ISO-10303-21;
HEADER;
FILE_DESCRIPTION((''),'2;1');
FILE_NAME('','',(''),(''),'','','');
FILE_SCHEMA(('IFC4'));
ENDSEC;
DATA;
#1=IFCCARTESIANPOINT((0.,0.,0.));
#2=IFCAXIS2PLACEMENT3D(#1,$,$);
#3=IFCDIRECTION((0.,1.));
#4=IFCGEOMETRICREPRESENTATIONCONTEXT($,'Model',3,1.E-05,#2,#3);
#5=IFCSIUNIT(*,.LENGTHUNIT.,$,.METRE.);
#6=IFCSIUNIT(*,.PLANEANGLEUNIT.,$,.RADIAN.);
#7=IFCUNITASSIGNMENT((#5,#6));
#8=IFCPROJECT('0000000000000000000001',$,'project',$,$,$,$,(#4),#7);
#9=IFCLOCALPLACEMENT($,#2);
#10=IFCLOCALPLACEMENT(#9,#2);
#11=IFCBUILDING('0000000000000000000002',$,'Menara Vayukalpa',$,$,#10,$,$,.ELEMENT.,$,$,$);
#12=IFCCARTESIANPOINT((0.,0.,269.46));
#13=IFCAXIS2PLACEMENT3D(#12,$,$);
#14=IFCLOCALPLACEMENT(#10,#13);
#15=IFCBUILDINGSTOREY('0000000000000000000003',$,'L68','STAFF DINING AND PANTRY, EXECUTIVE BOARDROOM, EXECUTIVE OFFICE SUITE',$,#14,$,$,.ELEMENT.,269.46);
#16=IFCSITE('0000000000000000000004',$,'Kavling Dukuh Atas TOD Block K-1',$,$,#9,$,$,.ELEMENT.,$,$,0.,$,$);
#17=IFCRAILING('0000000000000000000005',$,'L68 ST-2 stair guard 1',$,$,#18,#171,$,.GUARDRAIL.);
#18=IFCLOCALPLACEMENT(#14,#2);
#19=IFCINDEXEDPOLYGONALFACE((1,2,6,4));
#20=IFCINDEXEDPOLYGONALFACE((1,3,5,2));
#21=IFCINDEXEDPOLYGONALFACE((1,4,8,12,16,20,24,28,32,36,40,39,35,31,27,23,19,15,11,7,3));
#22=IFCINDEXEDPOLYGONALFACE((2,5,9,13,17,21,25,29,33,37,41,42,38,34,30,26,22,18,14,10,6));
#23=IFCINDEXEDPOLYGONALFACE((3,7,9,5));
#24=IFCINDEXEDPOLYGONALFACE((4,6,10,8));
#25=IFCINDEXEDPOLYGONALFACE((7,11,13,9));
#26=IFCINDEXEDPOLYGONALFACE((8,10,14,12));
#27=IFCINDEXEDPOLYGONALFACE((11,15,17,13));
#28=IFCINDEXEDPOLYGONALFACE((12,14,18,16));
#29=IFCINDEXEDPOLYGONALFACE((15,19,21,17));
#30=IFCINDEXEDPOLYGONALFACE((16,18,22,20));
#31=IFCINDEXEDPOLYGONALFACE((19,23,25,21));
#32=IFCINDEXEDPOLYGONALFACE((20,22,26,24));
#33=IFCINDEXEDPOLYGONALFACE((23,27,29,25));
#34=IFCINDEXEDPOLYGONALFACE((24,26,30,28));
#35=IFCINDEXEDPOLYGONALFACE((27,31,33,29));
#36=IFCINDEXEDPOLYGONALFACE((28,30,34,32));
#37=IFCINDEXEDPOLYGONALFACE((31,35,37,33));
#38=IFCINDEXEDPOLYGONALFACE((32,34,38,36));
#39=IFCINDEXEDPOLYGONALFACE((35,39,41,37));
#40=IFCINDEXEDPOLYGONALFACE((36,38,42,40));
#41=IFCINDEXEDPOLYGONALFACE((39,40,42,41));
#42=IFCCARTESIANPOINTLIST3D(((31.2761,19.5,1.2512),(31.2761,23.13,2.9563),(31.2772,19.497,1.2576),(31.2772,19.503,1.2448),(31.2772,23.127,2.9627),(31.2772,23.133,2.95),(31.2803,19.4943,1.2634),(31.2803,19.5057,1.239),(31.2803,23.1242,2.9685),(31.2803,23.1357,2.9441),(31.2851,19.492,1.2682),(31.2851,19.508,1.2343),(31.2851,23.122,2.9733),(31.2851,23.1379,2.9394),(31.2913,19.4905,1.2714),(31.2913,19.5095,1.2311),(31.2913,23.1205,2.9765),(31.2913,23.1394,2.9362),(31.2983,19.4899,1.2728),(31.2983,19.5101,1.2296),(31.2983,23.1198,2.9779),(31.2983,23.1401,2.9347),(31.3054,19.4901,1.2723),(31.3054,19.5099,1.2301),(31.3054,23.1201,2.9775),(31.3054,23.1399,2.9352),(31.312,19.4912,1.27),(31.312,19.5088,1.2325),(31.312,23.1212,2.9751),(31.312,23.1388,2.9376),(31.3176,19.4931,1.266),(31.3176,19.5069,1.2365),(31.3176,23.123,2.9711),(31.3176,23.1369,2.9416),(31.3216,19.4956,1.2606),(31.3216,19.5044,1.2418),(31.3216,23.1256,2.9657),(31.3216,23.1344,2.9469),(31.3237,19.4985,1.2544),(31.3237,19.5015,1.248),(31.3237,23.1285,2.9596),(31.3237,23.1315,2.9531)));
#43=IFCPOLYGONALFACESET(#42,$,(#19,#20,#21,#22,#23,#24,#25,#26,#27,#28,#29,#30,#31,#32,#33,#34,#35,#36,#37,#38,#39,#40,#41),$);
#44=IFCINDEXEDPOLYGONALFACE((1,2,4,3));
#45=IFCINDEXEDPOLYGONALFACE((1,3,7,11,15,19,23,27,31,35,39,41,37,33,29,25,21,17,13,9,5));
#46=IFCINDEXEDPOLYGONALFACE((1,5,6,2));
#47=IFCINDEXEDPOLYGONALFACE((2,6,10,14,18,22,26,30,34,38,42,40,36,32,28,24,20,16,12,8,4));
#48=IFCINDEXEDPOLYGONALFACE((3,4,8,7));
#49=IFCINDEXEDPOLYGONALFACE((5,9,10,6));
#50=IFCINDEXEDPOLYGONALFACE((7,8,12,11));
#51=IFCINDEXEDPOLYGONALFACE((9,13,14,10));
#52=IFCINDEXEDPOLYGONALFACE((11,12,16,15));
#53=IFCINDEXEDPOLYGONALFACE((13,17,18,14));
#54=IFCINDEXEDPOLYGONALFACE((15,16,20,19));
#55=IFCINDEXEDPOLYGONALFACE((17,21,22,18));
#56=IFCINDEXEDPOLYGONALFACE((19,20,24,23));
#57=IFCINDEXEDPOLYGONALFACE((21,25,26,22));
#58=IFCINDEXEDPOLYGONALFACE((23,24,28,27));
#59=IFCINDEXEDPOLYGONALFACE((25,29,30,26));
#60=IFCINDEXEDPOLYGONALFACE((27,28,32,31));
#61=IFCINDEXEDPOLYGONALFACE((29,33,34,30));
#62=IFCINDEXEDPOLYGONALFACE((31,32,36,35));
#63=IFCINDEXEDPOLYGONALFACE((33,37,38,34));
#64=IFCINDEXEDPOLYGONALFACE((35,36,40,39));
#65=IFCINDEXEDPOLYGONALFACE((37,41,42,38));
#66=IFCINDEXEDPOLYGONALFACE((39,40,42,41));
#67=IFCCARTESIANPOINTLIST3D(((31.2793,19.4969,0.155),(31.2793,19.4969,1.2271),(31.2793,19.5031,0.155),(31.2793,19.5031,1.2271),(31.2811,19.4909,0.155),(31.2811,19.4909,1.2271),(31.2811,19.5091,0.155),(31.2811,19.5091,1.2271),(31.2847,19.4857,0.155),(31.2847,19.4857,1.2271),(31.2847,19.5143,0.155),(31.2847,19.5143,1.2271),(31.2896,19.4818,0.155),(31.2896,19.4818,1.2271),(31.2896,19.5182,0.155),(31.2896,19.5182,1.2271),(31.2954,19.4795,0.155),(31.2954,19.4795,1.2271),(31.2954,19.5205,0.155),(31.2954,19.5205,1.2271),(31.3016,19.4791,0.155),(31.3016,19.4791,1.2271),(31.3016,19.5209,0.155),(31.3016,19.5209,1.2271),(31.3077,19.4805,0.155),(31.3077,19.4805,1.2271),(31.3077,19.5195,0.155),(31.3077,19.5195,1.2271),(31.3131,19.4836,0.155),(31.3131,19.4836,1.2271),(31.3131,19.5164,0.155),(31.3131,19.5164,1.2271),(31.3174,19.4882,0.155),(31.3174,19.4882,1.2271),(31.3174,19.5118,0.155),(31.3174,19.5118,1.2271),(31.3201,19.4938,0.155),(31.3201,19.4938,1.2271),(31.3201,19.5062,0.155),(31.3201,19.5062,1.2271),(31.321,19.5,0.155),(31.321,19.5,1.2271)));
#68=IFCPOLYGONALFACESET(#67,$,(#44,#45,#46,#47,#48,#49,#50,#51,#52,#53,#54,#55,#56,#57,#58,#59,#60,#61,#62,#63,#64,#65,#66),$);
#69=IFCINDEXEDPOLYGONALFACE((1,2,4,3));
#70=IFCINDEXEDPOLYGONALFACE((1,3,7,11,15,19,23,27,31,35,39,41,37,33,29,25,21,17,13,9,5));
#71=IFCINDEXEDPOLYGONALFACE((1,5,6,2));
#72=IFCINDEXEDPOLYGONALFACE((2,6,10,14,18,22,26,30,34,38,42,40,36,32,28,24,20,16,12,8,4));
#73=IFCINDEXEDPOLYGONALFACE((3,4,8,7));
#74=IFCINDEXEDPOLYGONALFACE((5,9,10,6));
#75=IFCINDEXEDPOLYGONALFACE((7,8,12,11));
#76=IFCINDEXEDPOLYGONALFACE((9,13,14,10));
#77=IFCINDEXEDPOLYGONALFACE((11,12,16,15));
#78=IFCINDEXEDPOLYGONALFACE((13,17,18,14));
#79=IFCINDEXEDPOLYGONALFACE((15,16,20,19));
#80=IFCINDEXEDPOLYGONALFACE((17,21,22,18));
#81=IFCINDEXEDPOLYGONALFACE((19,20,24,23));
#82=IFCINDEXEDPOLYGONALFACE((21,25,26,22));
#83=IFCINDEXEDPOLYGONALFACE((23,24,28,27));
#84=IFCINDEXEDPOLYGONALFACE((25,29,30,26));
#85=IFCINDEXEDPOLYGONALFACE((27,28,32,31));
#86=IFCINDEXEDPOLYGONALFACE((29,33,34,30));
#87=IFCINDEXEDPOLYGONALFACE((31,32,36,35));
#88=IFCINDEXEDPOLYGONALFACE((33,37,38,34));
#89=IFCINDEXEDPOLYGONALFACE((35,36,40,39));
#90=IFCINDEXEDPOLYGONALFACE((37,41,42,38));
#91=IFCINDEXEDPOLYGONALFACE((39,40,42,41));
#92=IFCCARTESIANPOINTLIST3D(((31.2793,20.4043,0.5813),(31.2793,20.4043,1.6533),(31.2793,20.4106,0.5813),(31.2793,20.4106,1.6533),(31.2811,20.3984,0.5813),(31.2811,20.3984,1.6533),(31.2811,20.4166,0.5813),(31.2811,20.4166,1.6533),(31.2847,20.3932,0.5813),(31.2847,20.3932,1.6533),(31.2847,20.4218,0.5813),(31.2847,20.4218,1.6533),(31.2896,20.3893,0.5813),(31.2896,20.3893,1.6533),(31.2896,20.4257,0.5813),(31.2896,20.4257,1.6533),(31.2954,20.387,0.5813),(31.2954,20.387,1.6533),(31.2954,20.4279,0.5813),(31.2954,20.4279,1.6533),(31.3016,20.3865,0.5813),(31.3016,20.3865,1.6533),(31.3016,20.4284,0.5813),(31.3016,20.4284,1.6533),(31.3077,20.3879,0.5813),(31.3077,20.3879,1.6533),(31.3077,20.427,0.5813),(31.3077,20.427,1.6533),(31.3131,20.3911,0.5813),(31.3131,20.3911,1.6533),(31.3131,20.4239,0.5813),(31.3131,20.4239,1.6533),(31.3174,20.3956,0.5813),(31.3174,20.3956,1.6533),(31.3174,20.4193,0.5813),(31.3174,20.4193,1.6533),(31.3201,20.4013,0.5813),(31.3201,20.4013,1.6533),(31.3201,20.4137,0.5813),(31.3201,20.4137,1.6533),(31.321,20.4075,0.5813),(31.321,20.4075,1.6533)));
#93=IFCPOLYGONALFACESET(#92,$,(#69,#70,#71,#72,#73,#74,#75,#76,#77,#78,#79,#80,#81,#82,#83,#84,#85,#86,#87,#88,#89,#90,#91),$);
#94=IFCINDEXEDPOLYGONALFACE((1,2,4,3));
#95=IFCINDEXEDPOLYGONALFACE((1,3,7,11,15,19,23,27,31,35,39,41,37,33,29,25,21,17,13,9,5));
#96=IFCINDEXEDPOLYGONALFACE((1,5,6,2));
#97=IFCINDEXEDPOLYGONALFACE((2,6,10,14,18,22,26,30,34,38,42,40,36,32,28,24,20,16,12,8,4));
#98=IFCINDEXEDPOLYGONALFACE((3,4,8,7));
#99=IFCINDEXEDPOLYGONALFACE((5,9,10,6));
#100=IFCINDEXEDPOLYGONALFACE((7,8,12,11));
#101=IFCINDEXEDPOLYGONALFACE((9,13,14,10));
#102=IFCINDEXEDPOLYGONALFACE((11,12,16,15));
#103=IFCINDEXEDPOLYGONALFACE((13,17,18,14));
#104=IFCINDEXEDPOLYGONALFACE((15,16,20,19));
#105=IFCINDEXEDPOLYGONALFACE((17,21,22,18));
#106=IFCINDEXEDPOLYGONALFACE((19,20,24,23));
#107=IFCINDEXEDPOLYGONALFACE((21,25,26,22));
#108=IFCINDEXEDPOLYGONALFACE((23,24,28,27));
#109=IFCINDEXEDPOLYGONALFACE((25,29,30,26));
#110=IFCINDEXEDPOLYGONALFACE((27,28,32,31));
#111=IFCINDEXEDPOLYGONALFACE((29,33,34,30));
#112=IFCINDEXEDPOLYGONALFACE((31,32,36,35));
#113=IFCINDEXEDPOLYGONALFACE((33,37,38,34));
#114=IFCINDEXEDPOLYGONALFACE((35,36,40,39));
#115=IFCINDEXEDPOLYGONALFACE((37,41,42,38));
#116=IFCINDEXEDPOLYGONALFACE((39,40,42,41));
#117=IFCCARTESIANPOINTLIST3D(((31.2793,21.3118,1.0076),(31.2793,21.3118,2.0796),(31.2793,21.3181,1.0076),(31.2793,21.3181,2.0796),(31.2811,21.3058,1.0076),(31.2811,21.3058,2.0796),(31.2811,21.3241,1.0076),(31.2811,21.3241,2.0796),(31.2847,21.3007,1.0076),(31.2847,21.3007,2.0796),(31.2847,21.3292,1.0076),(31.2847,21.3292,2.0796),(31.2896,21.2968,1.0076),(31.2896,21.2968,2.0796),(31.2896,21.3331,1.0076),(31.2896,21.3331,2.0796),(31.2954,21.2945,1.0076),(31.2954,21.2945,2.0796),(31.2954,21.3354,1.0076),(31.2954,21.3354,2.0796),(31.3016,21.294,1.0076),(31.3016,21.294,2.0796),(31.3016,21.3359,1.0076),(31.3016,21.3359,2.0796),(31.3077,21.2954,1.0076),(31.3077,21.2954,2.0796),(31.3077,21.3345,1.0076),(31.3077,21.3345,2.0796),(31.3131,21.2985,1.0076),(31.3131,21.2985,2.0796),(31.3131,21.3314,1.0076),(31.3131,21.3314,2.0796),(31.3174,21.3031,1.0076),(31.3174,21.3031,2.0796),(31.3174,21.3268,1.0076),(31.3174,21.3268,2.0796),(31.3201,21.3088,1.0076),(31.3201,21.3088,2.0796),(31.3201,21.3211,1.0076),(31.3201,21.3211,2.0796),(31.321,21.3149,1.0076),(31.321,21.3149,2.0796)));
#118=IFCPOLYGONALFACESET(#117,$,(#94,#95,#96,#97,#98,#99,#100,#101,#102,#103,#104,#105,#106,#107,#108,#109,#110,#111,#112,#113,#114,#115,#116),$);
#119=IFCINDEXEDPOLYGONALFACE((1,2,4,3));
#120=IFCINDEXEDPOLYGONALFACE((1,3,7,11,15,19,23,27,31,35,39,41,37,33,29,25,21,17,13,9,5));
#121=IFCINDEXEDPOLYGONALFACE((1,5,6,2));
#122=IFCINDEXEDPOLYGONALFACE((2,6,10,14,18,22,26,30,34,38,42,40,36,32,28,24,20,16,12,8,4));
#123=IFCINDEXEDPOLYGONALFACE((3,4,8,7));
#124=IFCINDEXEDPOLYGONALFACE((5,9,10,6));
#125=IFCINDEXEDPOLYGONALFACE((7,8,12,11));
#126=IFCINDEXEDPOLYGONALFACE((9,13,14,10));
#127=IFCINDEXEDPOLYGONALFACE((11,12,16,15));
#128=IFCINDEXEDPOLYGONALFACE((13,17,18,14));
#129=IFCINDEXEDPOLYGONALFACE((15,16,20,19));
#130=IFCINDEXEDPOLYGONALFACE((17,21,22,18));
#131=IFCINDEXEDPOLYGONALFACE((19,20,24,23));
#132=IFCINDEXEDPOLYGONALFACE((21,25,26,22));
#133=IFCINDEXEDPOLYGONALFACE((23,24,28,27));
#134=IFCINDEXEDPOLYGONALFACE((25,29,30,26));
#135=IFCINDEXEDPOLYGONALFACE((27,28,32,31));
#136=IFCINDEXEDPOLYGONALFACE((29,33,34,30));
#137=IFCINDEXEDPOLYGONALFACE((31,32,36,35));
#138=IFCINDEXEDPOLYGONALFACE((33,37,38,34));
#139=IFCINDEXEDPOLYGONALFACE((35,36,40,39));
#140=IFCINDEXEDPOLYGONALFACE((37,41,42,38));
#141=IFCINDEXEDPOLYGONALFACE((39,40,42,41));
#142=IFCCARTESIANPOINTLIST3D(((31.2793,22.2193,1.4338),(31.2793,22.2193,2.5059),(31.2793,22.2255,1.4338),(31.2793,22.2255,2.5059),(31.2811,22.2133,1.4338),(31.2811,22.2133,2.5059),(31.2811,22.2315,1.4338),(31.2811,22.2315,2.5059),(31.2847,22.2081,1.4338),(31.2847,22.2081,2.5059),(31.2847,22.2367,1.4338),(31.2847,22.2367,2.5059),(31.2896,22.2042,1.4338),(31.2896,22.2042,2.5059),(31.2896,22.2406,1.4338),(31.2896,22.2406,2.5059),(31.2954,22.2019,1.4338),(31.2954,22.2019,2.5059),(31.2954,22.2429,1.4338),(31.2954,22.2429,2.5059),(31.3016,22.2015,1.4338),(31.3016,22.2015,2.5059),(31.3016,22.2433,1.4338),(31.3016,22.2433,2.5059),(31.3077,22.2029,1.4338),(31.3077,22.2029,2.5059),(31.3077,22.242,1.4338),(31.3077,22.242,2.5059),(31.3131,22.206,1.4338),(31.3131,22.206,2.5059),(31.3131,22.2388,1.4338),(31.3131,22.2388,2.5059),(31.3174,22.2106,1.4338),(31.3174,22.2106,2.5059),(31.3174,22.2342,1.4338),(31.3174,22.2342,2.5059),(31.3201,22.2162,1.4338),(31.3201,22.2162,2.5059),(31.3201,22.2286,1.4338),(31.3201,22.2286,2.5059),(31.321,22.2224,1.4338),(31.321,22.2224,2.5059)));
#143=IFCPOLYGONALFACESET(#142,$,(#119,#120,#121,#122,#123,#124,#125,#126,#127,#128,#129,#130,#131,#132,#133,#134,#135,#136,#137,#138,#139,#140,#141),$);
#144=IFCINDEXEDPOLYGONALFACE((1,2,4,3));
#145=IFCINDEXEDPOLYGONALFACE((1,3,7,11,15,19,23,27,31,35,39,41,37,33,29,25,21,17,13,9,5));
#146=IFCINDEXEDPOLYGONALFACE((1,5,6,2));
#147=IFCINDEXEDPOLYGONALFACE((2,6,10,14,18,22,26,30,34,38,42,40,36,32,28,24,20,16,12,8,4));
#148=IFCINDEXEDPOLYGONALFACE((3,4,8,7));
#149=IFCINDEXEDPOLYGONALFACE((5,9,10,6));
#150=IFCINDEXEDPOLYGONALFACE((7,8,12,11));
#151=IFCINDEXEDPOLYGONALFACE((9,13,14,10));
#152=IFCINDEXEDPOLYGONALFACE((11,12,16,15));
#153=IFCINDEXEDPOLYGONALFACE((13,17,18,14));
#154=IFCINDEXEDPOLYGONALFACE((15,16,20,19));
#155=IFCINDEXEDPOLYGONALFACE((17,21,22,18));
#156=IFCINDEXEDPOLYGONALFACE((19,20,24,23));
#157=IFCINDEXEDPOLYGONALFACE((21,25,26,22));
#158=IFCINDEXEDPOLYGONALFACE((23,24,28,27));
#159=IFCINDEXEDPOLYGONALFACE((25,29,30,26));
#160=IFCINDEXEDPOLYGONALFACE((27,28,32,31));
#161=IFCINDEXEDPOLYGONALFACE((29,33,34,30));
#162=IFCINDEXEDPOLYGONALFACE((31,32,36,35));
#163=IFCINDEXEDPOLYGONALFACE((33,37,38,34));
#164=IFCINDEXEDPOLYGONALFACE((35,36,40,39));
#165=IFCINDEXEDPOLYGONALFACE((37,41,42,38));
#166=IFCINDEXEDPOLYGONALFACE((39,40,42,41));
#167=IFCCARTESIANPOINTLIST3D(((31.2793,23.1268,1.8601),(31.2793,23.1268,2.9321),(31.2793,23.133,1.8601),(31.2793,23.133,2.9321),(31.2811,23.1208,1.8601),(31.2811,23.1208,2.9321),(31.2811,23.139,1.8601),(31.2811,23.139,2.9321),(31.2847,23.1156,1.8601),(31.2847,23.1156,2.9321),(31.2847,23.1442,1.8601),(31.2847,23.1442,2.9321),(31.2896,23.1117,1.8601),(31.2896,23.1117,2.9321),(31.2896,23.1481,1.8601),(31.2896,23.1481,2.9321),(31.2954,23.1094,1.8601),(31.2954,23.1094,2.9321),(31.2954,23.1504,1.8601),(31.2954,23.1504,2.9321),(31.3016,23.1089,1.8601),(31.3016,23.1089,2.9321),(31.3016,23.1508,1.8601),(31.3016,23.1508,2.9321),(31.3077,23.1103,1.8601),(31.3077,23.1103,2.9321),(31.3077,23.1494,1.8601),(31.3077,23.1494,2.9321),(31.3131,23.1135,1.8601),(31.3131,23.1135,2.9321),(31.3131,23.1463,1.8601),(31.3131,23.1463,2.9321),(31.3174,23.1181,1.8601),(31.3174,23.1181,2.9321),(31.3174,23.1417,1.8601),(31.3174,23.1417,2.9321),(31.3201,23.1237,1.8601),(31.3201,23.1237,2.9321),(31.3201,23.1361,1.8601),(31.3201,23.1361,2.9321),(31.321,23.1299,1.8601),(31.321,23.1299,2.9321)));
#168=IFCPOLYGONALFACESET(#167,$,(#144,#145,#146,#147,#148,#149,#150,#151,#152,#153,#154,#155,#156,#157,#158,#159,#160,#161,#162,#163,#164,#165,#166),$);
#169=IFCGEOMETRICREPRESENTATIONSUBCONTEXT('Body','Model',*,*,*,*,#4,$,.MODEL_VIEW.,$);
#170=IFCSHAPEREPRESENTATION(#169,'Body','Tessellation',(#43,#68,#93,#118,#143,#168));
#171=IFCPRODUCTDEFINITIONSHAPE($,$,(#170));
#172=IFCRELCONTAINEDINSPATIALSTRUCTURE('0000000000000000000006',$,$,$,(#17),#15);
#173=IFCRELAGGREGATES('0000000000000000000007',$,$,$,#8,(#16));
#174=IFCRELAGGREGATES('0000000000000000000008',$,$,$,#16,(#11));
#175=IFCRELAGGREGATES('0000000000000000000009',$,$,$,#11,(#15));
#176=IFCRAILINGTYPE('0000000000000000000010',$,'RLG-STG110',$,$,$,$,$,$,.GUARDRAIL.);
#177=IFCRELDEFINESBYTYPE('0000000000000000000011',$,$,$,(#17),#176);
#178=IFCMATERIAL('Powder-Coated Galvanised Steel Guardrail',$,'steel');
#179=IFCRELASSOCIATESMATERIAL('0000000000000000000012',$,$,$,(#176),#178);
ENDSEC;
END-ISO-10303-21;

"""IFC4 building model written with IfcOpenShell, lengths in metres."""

from ifc_helpers import new_model, si_unit, direction, frame, origin, origin_2d, place, context, subcontext, project, spatial, circle, extrude, material, type_object, element, save


model = new_model("IFC4")

# Units and contexts
model_context = context("Model", 3, precision=1e-05, world=origin(), true_north=direction((0.0, 1.0)))
body_context = subcontext(model_context, "Body", "Model", "MODEL_VIEW")
ifc_project = project(units=[si_unit("LENGTHUNIT", "METRE"), si_unit("PLANEANGLEUNIT", "RADIAN")], contexts=[model_context])

# Site, building, storey
site_placement = place(None, origin())
site = spatial("IfcSite", under=ifc_project, at=site_placement, Name="Kavling Dukuh Atas TOD Block K-1", CompositionType="ELEMENT", RefElevation=0.0)
building_placement = place(site_placement, origin())
building = spatial("IfcBuilding", under=site, at=building_placement, Name="Menara Vayukalpa", CompositionType="ELEMENT")
storey_placement = place(building_placement, frame((0.0, 0.0, 269.46)))
storey = spatial("IfcBuildingStorey", under=building, at=storey_placement, Name="L68", Description="STAFF DINING AND PANTRY, EXECUTIVE BOARDROOM, EXECUTIVE OFFICE SUITE", CompositionType="ELEMENT", Elevation=269.46)

# Railing
ifc_material_1 = material(Name="Powder-Coated Galvanised Steel Guardrail", Category="steel")
railing_type_1 = type_object("IfcRailingType", Name="RLG-STG110", PredefinedType="GUARDRAIL", material=ifc_material_1)
railing_1_placement = place(storey_placement, frame((31.3, 19.5, 0.155)))
element("IfcRailing", 1, at=railing_1_placement, inside=storey, type_object=railing_type_1, Name="L68 ST-2 stair guard 1", PredefinedType="GUARDRAIL", context=body_context, shape_type="SweptSolid", body=[
    extrude(circle(Radius=0.0239, at=origin_2d()), frame((0.0, 0.0, 1.0962), z_axis=(0.0, 0.905116, 0.425164), x_axis=(-1.0, 0.0, 0.0)), (0.0, 0.0, 1.0), 4.0105),
    extrude(circle(Radius=0.021, at=origin_2d()), origin(), (0.0, 0.0, 1.0), 1.072),
    extrude(circle(Radius=0.021, at=origin_2d()), frame((0.0, 0.9075, 0.4263)), (0.0, 0.0, 1.0), 1.072),
    extrude(circle(Radius=0.021, at=origin_2d()), frame((0.0, 1.8149, 0.8525)), (0.0, 0.0, 1.0), 1.072),
    extrude(circle(Radius=0.021, at=origin_2d()), frame((0.0, 2.7224, 1.2788)), (0.0, 0.0, 1.0), 1.072),
    extrude(circle(Radius=0.021, at=origin_2d()), frame((0.0, 3.6299, 1.7051)), (0.0, 0.0, 1.0), 1.072),
])

save(model, "model.ifc")
